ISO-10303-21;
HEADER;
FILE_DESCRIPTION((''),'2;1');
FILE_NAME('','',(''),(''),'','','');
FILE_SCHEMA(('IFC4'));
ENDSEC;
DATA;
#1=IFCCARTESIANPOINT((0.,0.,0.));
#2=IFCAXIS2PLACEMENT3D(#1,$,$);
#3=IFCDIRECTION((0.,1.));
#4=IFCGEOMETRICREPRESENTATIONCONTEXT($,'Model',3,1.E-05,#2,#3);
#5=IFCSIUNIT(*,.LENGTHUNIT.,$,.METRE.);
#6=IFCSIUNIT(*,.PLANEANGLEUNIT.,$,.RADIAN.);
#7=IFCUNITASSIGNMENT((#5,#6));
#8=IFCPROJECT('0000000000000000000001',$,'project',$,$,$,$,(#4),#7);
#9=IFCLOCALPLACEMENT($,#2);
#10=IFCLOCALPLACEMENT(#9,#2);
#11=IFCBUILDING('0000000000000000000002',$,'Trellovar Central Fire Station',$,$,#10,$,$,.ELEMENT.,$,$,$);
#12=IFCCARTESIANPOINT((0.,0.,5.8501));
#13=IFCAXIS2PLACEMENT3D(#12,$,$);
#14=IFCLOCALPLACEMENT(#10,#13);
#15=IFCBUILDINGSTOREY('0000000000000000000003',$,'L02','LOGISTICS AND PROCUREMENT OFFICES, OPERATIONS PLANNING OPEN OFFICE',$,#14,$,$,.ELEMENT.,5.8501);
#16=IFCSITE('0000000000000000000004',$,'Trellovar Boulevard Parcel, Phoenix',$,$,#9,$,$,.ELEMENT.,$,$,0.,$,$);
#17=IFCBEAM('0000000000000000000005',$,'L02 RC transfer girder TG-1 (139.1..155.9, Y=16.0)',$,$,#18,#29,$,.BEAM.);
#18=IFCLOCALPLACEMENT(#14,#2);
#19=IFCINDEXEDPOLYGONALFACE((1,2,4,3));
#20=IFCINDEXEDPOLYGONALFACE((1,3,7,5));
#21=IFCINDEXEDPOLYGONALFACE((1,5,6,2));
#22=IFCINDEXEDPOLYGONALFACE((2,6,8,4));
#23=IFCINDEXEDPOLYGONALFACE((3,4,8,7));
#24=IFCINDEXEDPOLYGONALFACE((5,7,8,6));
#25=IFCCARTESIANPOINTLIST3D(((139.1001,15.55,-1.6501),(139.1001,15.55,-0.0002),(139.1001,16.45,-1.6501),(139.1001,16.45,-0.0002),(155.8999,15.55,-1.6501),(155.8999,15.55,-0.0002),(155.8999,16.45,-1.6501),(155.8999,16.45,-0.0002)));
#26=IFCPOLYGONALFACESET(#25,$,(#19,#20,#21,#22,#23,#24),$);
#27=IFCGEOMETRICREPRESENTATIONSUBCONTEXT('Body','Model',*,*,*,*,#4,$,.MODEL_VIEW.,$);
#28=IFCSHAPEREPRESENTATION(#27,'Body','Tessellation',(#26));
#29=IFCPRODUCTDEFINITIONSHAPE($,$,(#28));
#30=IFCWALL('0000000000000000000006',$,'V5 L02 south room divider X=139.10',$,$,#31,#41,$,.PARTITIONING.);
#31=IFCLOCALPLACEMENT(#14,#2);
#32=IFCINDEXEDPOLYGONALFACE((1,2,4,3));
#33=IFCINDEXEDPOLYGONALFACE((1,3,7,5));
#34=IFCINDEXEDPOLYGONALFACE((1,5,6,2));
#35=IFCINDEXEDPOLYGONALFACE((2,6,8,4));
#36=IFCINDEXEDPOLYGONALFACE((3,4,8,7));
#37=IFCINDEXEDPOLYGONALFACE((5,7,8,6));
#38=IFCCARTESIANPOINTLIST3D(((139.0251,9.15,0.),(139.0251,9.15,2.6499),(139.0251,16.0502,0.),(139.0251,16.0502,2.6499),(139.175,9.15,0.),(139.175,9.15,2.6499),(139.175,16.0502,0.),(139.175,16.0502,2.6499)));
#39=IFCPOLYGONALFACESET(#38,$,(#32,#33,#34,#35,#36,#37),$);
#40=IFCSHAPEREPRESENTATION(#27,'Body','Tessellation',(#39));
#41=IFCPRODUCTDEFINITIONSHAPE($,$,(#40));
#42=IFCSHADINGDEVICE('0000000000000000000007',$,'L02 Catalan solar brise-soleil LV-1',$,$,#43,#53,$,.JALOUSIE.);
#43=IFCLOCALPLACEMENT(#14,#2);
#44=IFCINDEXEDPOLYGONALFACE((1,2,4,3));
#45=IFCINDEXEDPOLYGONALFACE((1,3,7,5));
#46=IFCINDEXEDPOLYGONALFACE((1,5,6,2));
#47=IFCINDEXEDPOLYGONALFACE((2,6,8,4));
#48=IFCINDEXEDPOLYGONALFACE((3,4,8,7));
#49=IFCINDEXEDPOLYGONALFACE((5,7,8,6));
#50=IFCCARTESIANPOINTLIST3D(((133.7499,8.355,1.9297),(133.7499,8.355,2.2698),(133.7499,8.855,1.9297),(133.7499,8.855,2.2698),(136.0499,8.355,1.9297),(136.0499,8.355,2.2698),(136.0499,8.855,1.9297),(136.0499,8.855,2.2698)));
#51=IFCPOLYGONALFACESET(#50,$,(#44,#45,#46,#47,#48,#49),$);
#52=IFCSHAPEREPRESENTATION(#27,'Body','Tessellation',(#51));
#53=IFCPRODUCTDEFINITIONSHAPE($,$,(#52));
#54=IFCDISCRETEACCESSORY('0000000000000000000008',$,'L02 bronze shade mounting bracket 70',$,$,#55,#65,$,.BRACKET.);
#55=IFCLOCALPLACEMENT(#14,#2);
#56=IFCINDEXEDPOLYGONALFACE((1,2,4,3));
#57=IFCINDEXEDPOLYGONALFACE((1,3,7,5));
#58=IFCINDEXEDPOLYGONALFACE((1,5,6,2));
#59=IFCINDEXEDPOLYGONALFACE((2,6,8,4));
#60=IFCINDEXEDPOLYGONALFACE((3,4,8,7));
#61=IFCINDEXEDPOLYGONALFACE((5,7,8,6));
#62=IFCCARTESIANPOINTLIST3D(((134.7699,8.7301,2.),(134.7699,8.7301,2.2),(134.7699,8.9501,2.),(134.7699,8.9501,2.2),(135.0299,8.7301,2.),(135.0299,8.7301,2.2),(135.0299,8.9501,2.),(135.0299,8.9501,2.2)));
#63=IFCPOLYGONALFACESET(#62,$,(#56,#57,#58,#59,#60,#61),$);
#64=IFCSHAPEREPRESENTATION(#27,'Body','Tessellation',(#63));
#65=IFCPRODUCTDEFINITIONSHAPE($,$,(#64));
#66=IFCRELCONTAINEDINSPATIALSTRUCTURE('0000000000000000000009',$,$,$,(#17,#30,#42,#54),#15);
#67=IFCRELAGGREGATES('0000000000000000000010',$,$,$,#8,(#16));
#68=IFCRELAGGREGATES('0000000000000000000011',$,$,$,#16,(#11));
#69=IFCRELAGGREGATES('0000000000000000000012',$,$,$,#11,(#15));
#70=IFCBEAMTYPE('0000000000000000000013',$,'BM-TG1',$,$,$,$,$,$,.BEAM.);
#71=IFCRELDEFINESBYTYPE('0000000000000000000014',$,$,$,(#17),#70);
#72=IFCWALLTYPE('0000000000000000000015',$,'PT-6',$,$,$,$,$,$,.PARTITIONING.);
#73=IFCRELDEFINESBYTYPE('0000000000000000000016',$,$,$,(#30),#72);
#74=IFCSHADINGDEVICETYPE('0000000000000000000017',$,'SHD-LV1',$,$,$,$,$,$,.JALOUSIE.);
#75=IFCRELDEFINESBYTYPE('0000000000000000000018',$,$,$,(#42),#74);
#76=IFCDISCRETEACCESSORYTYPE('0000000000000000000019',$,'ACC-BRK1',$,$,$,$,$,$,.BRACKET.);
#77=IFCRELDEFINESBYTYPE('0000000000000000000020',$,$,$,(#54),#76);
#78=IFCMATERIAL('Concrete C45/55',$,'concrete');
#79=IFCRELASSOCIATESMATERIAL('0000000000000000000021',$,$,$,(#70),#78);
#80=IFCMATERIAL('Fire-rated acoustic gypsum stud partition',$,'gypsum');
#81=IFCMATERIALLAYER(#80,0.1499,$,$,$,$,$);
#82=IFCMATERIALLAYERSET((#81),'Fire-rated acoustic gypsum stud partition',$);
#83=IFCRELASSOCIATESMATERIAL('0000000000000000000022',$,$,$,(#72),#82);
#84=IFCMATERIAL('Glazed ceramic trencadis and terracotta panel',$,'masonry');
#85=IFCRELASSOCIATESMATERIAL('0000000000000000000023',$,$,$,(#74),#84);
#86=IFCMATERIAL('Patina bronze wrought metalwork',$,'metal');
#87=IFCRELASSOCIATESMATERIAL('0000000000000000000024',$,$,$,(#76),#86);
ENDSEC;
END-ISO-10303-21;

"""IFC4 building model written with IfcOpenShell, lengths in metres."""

from ifc_helpers import new_model, si_unit, direction, frame, frame_2d, origin, origin_2d, place, context, subcontext, project, spatial, rectangle, extrude, material, layer, layer_set, material_profile, profile_set, type_object, element, save


model = new_model("IFC4")

# Units and contexts
model_context = context("Model", 3, precision=1e-05, world=origin(), true_north=direction((0.0, 1.0)))
body_context = subcontext(model_context, "Body", "Model", "MODEL_VIEW")
ifc_project = project(units=[si_unit("LENGTHUNIT", "METRE"), si_unit("PLANEANGLEUNIT", "RADIAN")], contexts=[model_context])

# Site, building, storey
site_placement = place(None, origin())
site = spatial("IfcSite", under=ifc_project, at=site_placement, Name="Trellovar Boulevard Parcel, Phoenix", CompositionType="ELEMENT", RefElevation=0.0)
building_placement = place(site_placement, origin())
building = spatial("IfcBuilding", under=site, at=building_placement, Name="Trellovar Central Fire Station", CompositionType="ELEMENT")
storey_placement = place(building_placement, frame((0.0, 0.0, 5.8501)))
storey = spatial("IfcBuildingStorey", under=building, at=storey_placement, Name="L02", Description="LOGISTICS AND PROCUREMENT OFFICES, OPERATIONS PLANNING OPEN OFFICE", CompositionType="ELEMENT", Elevation=5.8501)

# Beam
ifc_material_1 = material(Name="Concrete C45/55", Category="concrete")
ifc_material_profile_1 = material_profile(ifc_material_1, rectangle(XDim=0.8999, YDim=1.6499, at=origin_2d()), Name="RC900X1650")
ifc_profile_set_1 = profile_set([ifc_material_profile_1], Name="Concrete C45/55")
beam_type_1 = type_object("IfcBeamType", Name="BM-TG1", PredefinedType="BEAM", material=ifc_profile_set_1)
beam_1_placement = place(storey_placement, frame((139.1001, 16.0, -0.8252), z_axis=(1.0, 0.0, 0.0), x_axis=(0.0, 1.0, 0.0)))
element("IfcBeam", 1, at=beam_1_placement, inside=storey, type_object=beam_type_1, Name="L02 RC transfer girder TG-1 (139.1..155.9, Y=16.0)", PredefinedType="BEAM", context=body_context, shape_type="SweptSolid", body=[
    extrude(rectangle(XDim=0.8999, YDim=1.6499, at=origin_2d()), origin(), (0.0, 0.0, 1.0), 16.7998),
])

# Wall
ifc_material_2 = material(Name="Fire-rated acoustic gypsum stud partition", Category="gypsum")
ifc_layer = layer(ifc_material_2, 0.1499)
ifc_layer_set = layer_set([ifc_layer], Name="Fire-rated acoustic gypsum stud partition")
wall_type = type_object("IfcWallType", Name="PT-6", PredefinedType="PARTITIONING", material=ifc_layer_set)
wall_placement = place(storey_placement, frame((139.1001, 9.1499, 0.0), z_axis=(0.0, 0.0, 1.0), x_axis=(0.0, 1.0, 0.0)))
element("IfcWall", 2, at=wall_placement, inside=storey, type_object=wall_type, Name="V5 L02 south room divider X=139.10", PredefinedType="PARTITIONING", context=body_context, shape_type="SweptSolid", body=[
    extrude(rectangle(XDim=6.9001, YDim=0.1499, at=frame_2d((3.4502, 0.0))), origin(), (0.0, 0.0, 1.0), 2.6499),
])

# Shading device
ifc_material_3 = material(Name="Glazed ceramic trencadis and terracotta panel", Category="masonry")
shading_device_type = type_object("IfcShadingDeviceType", Name="SHD-LV1", PredefinedType="JALOUSIE", material=ifc_material_3)
shading_device_placement = place(storey_placement, frame((134.8999, 8.605, 1.9297), z_axis=(0.0, 0.0, 1.0), x_axis=(1.0, 0.0, 0.0)))
element("IfcShadingDevice", 3, at=shading_device_placement, inside=storey, type_object=shading_device_type, Name="L02 Catalan solar brise-soleil LV-1", PredefinedType="JALOUSIE", context=body_context, shape_type="SweptSolid", body=[
    extrude(rectangle(XDim=2.3, YDim=0.5, at=origin_2d()), origin(), (0.0, 0.0, 1.0), 0.3401),
])

# Discrete accessory
ifc_material_4 = material(Name="Patina bronze wrought metalwork", Category="metal")
discrete_accessory_type = type_object("IfcDiscreteAccessoryType", Name="ACC-BRK1", PredefinedType="BRACKET", material=ifc_material_4)
discrete_accessory_placement = place(storey_placement, frame((134.8999, 8.8401, 2.0), z_axis=(0.0, 0.0, 1.0), x_axis=(1.0, 0.0, 0.0)))
element("IfcDiscreteAccessory", 4, at=discrete_accessory_placement, inside=storey, type_object=discrete_accessory_type, Name="L02 bronze shade mounting bracket 70", PredefinedType="BRACKET", context=body_context, shape_type="SweptSolid", body=[
    extrude(rectangle(XDim=0.26, YDim=0.22, at=origin_2d()), origin(), (0.0, 0.0, 1.0), 0.2),
])

save(model, "model.ifc")
